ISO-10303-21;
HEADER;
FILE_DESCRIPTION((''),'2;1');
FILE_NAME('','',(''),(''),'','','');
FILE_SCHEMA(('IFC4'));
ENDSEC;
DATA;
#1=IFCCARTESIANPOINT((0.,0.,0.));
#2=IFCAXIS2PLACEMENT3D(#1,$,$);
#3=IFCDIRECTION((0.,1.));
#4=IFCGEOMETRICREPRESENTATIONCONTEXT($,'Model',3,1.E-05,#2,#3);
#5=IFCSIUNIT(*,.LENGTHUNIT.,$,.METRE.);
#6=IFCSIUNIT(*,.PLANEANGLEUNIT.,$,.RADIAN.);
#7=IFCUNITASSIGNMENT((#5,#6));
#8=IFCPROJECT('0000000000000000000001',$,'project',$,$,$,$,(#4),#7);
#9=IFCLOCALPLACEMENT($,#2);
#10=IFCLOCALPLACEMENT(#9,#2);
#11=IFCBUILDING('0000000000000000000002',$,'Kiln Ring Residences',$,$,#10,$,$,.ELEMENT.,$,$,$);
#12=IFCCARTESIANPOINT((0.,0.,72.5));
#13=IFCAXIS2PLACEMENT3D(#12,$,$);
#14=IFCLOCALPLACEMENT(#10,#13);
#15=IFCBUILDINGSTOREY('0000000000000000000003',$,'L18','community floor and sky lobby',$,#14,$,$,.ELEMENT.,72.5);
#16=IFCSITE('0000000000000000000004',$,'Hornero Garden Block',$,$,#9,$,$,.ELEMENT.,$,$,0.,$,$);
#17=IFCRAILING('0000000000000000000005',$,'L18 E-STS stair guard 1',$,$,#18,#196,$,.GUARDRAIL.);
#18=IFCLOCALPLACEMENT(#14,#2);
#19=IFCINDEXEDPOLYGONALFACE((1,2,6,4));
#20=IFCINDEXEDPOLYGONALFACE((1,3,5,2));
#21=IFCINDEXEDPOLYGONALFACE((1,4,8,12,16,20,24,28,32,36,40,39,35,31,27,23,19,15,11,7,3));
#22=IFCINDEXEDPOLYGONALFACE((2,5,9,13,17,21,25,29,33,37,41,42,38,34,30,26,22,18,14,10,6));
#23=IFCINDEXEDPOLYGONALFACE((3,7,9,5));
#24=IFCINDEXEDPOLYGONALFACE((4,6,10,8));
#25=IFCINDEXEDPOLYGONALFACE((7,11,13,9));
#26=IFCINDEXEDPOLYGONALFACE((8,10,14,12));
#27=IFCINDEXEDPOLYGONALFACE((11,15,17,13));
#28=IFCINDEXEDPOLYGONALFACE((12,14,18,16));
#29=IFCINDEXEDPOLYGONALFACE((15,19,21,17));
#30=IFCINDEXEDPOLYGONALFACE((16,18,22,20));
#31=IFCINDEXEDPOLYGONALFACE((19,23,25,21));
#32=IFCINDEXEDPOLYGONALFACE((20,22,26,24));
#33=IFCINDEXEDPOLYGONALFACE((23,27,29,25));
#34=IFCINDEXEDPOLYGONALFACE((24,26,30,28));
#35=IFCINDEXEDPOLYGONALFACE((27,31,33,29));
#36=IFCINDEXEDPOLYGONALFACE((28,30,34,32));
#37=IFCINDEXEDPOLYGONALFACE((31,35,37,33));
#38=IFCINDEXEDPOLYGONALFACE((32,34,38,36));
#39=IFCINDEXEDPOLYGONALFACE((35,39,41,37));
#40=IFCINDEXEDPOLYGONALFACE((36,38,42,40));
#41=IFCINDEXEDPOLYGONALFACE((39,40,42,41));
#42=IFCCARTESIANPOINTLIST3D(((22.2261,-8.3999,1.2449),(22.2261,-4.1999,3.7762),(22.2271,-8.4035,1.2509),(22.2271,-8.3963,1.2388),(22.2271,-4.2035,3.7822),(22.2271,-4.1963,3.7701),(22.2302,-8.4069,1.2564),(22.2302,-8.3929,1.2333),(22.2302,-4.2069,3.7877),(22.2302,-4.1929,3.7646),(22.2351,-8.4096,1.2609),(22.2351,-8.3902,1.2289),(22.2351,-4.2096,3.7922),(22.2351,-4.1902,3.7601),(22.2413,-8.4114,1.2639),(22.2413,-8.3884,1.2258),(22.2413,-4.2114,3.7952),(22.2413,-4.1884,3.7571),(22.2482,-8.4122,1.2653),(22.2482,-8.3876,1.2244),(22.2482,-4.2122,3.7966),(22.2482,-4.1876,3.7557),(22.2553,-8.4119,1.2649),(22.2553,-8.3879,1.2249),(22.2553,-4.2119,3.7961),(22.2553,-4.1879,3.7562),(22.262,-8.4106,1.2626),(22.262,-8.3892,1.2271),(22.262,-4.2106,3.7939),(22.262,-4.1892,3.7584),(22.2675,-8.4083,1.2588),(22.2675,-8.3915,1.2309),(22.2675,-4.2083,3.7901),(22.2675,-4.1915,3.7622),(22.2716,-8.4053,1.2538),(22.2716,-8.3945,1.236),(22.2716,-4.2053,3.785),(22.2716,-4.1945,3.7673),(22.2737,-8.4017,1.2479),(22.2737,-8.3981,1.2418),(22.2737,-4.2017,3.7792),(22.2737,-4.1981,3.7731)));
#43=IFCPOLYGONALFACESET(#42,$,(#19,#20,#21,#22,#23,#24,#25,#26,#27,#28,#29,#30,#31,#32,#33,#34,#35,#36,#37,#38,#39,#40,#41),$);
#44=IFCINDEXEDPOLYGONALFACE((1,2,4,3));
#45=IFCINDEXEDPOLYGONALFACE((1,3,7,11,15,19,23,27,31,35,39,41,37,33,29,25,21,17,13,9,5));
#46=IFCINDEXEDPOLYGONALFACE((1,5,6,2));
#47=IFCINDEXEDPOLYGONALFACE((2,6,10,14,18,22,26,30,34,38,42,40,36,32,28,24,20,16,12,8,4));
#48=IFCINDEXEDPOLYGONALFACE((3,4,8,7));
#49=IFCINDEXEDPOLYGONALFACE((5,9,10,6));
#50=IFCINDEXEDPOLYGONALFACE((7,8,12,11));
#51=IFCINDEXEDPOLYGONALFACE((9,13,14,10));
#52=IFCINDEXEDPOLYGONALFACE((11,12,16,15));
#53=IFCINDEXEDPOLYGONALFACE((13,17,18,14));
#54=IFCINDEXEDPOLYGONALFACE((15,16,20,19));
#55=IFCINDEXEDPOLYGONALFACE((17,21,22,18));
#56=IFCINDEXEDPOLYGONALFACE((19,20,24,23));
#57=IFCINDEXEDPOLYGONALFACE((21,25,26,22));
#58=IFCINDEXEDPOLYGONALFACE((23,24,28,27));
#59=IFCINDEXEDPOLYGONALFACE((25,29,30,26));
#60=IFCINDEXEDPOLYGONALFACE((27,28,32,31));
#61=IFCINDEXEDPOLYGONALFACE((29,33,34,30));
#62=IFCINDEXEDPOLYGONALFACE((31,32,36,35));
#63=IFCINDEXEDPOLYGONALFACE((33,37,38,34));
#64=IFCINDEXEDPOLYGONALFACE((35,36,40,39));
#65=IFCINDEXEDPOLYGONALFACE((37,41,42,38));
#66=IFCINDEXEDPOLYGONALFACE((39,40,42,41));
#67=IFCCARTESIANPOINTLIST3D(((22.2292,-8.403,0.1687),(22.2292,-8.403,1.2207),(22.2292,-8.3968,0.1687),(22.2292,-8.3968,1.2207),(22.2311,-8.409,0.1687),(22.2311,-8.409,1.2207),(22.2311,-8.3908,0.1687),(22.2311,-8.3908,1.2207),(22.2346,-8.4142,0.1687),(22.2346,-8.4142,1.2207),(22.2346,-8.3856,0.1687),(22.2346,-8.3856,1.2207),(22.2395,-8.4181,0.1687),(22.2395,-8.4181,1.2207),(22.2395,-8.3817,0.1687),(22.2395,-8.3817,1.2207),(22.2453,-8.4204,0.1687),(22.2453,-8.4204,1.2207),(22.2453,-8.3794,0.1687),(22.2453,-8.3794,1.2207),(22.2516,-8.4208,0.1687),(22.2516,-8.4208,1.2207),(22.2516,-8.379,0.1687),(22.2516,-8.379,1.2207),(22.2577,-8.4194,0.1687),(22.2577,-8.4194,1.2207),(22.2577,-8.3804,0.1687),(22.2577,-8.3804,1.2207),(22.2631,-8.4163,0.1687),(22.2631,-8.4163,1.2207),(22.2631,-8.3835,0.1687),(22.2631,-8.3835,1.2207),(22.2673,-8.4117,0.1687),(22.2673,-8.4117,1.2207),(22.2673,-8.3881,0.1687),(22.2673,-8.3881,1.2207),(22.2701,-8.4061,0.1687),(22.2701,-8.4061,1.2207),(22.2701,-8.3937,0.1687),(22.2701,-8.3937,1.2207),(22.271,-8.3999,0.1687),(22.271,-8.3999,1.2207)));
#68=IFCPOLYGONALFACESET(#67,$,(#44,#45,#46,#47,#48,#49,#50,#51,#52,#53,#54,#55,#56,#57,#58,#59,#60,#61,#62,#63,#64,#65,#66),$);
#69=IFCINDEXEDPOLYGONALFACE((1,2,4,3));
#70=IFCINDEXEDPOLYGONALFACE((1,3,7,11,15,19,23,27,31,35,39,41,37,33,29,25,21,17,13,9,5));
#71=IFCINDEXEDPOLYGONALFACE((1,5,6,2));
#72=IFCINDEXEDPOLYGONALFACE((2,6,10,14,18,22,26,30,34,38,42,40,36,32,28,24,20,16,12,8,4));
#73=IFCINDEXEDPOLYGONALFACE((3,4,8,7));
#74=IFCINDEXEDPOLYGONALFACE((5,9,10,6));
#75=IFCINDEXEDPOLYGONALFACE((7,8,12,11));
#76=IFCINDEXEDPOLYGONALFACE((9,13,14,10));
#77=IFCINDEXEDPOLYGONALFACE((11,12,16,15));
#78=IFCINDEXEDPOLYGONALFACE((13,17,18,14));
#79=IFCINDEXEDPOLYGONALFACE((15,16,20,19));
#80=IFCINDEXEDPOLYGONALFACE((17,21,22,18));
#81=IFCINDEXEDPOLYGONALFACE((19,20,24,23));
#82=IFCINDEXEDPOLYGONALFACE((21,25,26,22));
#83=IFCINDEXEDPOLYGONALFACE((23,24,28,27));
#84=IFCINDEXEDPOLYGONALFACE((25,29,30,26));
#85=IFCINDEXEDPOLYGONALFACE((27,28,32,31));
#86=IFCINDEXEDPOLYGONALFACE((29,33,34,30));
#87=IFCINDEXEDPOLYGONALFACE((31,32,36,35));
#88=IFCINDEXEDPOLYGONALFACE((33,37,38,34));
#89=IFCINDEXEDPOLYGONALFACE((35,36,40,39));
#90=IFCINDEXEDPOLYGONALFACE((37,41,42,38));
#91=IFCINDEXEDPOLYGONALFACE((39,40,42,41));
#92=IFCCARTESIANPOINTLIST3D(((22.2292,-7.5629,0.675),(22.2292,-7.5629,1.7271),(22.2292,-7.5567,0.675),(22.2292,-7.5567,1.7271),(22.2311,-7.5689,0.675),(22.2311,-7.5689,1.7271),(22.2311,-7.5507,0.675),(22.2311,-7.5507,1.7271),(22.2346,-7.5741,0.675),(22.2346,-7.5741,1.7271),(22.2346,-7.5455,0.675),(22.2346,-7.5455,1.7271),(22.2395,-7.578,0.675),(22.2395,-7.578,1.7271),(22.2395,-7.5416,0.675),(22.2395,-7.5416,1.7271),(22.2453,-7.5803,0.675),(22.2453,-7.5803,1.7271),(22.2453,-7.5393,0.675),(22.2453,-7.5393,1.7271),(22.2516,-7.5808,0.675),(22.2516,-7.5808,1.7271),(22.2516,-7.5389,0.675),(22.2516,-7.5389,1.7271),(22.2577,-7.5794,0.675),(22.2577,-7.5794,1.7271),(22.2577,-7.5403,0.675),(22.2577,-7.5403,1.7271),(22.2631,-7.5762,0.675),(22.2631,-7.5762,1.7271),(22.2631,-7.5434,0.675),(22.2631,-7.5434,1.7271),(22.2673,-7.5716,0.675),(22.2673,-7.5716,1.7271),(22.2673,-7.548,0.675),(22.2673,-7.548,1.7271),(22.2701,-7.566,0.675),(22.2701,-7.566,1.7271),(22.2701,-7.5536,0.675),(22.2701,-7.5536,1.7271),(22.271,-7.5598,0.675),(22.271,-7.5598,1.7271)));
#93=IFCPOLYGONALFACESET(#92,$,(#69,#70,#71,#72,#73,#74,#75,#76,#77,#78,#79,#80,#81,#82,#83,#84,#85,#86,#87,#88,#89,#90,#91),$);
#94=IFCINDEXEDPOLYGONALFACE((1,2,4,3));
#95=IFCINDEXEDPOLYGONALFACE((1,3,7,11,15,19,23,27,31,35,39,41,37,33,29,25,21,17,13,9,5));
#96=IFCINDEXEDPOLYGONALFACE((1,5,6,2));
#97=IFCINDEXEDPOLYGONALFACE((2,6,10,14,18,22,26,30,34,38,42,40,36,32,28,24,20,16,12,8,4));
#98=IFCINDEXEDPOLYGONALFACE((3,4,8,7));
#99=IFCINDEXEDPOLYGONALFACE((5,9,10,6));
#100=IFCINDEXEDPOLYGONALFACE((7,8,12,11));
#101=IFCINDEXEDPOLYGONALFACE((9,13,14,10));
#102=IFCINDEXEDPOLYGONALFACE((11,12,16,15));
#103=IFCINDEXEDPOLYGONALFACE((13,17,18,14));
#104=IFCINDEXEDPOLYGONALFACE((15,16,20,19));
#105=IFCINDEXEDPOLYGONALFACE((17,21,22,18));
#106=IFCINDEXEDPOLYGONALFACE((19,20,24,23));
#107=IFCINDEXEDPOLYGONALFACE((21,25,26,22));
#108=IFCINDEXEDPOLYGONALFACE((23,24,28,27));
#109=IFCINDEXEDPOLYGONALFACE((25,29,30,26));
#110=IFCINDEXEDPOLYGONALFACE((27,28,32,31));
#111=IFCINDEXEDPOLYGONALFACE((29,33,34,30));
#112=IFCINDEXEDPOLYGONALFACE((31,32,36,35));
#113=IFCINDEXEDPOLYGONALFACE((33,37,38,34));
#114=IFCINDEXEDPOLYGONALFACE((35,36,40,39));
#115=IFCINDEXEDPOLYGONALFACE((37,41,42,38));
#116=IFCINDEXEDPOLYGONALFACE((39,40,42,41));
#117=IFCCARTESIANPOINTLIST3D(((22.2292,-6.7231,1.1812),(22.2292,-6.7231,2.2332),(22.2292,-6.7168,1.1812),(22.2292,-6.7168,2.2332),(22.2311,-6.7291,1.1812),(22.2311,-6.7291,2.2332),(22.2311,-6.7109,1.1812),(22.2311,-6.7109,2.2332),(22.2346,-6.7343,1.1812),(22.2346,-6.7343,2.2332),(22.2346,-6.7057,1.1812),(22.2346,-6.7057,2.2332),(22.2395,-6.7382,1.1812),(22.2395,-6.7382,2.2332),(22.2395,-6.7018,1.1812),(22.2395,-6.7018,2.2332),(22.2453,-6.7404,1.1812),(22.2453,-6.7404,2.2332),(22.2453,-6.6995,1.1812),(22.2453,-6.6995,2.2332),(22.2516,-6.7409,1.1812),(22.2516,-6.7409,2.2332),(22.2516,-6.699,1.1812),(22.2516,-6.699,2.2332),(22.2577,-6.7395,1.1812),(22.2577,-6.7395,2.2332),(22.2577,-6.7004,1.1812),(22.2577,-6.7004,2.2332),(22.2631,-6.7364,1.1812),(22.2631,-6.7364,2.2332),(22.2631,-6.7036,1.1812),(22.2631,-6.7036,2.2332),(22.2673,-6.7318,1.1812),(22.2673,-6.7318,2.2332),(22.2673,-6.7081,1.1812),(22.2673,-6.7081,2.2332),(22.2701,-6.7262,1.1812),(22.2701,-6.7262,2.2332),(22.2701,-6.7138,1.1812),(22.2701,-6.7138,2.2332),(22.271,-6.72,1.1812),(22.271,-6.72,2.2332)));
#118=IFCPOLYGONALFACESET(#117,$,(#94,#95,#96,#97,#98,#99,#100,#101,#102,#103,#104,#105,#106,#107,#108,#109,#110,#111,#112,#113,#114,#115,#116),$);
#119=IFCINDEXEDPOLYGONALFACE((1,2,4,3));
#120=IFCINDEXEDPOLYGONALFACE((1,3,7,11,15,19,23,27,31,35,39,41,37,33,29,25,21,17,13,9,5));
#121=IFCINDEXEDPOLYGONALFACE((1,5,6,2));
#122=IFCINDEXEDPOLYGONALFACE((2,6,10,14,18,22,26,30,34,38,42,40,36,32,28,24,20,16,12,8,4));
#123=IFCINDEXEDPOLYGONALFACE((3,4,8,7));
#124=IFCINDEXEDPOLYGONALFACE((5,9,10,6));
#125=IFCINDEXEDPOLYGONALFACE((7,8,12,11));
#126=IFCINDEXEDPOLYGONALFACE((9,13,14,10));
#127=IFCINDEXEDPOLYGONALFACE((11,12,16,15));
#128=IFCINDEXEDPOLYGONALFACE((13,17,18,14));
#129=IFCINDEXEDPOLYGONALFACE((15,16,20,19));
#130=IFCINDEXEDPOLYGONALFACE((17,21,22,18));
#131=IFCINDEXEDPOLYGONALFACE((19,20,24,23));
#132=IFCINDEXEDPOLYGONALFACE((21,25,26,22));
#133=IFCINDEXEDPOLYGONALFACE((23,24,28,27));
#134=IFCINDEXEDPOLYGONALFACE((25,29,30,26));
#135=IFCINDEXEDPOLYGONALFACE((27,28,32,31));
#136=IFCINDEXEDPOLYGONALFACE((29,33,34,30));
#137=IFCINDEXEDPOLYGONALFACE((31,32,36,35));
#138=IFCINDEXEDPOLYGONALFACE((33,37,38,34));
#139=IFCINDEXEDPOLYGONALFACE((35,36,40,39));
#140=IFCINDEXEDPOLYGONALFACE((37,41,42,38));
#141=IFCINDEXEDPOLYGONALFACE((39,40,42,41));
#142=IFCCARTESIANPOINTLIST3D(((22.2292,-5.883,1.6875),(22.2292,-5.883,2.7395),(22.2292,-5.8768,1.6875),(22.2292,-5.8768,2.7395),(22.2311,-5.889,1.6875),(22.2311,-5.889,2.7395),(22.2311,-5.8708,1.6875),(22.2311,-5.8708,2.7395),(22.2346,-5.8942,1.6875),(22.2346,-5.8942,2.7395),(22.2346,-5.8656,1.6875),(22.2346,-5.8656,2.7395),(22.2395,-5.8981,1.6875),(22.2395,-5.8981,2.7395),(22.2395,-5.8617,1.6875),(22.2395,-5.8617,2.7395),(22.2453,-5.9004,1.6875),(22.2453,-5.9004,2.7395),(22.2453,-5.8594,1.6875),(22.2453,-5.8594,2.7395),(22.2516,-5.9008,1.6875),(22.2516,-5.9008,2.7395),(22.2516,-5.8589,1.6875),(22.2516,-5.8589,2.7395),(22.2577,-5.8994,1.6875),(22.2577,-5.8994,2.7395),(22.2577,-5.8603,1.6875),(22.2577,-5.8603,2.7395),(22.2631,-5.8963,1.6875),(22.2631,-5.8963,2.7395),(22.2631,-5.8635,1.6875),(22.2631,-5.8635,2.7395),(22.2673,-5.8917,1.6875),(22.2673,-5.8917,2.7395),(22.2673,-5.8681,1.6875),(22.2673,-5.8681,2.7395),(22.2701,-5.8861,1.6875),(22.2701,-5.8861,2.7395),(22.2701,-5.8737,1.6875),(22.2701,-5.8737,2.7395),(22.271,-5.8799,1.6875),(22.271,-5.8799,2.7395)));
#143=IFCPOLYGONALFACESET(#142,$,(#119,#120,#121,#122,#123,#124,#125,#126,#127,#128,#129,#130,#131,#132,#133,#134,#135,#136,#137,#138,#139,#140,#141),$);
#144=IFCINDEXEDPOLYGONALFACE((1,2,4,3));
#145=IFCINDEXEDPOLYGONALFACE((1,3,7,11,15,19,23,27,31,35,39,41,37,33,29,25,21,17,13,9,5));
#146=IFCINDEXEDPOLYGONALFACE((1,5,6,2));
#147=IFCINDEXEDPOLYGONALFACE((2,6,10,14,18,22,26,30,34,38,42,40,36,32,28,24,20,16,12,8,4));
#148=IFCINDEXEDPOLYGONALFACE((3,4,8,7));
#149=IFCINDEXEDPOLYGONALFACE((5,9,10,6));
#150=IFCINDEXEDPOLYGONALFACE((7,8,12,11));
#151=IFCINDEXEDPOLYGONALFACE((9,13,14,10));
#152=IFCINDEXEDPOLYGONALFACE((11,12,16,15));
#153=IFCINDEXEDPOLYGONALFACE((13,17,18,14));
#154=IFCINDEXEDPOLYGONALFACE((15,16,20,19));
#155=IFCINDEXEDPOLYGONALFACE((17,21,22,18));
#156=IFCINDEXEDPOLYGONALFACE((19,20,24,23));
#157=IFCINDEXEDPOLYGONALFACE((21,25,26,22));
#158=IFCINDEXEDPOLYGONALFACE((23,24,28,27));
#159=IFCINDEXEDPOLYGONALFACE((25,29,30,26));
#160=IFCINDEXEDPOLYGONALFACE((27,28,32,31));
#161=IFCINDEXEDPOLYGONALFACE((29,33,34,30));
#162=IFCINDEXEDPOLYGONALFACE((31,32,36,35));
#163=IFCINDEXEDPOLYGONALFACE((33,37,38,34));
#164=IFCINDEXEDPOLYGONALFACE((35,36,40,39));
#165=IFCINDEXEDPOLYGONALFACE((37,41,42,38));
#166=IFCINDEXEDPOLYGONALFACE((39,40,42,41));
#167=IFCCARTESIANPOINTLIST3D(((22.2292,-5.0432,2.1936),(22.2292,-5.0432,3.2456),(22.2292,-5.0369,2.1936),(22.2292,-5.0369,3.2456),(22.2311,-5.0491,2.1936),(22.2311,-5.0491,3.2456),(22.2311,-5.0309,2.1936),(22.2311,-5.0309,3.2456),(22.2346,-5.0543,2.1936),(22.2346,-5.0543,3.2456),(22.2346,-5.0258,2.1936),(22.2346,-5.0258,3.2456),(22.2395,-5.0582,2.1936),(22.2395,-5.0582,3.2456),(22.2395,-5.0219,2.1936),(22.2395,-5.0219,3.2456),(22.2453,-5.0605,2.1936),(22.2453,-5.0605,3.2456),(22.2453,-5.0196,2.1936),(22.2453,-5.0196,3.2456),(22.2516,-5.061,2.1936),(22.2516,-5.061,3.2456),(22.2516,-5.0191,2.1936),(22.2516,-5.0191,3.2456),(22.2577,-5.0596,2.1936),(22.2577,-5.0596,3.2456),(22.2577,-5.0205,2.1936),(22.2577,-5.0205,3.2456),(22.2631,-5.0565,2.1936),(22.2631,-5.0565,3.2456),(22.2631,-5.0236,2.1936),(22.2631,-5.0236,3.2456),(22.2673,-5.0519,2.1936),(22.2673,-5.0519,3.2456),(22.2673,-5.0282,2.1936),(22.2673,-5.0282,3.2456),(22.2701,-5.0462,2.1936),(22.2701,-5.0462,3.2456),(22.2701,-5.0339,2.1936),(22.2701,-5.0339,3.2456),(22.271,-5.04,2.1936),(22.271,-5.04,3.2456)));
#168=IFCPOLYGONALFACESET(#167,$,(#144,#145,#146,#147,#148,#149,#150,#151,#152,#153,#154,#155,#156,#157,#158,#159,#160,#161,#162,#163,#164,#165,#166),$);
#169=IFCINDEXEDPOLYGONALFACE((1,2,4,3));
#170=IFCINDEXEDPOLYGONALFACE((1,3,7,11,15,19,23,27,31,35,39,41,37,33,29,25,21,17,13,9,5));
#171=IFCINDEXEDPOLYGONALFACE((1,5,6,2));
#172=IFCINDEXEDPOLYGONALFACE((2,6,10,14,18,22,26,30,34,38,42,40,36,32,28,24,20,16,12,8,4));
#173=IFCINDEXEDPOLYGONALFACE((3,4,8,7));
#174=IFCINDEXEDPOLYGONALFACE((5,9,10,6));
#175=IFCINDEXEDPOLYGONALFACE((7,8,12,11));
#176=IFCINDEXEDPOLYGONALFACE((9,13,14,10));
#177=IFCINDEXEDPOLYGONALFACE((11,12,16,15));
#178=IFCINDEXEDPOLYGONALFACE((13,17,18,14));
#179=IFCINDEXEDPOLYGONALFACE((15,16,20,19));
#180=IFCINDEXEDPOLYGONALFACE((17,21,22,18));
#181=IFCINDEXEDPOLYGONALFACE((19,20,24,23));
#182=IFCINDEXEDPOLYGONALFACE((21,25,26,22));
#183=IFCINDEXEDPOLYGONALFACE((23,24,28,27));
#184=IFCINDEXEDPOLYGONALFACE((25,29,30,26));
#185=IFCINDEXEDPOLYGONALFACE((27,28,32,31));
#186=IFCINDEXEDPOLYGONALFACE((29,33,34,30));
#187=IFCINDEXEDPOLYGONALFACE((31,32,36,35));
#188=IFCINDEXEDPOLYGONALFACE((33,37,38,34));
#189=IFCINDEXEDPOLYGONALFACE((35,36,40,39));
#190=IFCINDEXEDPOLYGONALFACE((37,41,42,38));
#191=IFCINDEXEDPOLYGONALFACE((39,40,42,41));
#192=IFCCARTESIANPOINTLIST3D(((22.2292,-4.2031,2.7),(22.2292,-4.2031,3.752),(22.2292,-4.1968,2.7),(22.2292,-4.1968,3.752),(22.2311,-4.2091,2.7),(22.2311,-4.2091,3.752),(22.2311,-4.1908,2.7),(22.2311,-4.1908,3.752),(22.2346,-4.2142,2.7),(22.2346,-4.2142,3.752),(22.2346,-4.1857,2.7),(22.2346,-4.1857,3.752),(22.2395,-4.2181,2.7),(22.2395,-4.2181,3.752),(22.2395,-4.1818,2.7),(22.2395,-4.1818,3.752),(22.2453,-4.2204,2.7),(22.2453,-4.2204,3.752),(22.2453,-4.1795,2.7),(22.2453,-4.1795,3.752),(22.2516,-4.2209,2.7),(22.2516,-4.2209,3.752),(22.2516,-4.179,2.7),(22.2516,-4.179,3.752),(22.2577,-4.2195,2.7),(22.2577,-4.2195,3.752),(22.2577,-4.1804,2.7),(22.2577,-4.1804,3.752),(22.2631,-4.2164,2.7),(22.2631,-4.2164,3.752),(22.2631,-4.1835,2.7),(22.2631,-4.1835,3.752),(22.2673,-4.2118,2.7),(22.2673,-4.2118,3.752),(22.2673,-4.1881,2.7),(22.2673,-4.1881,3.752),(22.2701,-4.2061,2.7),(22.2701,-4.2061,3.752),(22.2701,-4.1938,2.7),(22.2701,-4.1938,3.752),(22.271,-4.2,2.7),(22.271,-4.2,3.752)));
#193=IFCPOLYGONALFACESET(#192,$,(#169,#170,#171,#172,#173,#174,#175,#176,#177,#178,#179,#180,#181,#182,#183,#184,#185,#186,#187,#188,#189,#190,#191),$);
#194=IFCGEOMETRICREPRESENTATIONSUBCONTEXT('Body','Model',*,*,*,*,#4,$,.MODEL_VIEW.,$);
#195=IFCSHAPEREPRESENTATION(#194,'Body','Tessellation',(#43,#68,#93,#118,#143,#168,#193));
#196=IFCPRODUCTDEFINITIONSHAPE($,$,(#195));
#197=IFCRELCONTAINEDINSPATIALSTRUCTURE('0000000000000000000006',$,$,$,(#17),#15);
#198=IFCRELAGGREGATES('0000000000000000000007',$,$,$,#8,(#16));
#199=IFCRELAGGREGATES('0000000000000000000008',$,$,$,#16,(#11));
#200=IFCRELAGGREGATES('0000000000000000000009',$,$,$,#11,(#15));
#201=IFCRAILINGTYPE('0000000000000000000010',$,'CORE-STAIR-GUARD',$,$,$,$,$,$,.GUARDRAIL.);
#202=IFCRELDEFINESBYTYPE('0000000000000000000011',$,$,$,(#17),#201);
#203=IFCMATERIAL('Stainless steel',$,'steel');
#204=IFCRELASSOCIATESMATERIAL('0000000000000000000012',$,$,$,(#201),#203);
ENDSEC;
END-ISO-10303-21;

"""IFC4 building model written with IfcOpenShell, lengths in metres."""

from ifc_helpers import new_model, si_unit, direction, frame, origin, origin_2d, place, context, subcontext, project, spatial, circle, extrude, material, type_object, element, save


model = new_model("IFC4")

# Units and contexts
model_context = context("Model", 3, precision=1e-05, world=origin(), true_north=direction((0.0, 1.0)))
body_context = subcontext(model_context, "Body", "Model", "MODEL_VIEW")
ifc_project = project(units=[si_unit("LENGTHUNIT", "METRE"), si_unit("PLANEANGLEUNIT", "RADIAN")], contexts=[model_context])

# Site, building, storey
site_placement = place(None, origin())
site = spatial("IfcSite", under=ifc_project, at=site_placement, Name="Hornero Garden Block", CompositionType="ELEMENT", RefElevation=0.0)
building_placement = place(site_placement, origin())
building = spatial("IfcBuilding", under=site, at=building_placement, Name="Kiln Ring Residences", CompositionType="ELEMENT")
storey_placement = place(building_placement, frame((0.0, 0.0, 72.5)))
storey = spatial("IfcBuildingStorey", under=building, at=storey_placement, Name="L18", Description="community floor and sky lobby", CompositionType="ELEMENT", Elevation=72.5)

# Railing
ifc_material_1 = material(Name="Stainless steel", Category="steel")
railing_type_1 = type_object("IfcRailingType", Name="CORE-STAIR-GUARD", PredefinedType="GUARDRAIL", material=ifc_material_1)
railing_1_placement = place(storey_placement, frame((22.25, -8.3999, 0.1687)))
element("IfcRailing", 1, at=railing_1_placement, inside=storey, type_object=railing_type_1, Name="L18 E-STS stair guard 1", PredefinedType="GUARDRAIL", context=body_context, shape_type="SweptSolid", body=[
    extrude(circle(Radius=0.0239, at=origin_2d()), frame((0.0, 0.0, 1.0762), z_axis=(0.0, 0.856476, 0.516186), x_axis=(-1.0, 0.0, 0.0)), (0.0, 0.0, 1.0), 4.9038),
    extrude(circle(Radius=0.021, at=origin_2d()), origin(), (0.0, 0.0, 1.0), 1.052),
    extrude(circle(Radius=0.021, at=origin_2d()), frame((0.0, 0.8401, 0.5063)), (0.0, 0.0, 1.0), 1.052),
    extrude(circle(Radius=0.021, at=origin_2d()), frame((0.0, 1.6799, 1.0125)), (0.0, 0.0, 1.0), 1.052),
    extrude(circle(Radius=0.021, at=origin_2d()), frame((0.0, 2.52, 1.5188)), (0.0, 0.0, 1.0), 1.052),
    extrude(circle(Radius=0.021, at=origin_2d()), frame((0.0, 3.3599, 2.0249)), (0.0, 0.0, 1.0), 1.052),
    extrude(circle(Radius=0.021, at=origin_2d()), frame((0.0, 4.2, 2.5312)), (0.0, 0.0, 1.0), 1.052),
])

save(model, "model.ifc")
